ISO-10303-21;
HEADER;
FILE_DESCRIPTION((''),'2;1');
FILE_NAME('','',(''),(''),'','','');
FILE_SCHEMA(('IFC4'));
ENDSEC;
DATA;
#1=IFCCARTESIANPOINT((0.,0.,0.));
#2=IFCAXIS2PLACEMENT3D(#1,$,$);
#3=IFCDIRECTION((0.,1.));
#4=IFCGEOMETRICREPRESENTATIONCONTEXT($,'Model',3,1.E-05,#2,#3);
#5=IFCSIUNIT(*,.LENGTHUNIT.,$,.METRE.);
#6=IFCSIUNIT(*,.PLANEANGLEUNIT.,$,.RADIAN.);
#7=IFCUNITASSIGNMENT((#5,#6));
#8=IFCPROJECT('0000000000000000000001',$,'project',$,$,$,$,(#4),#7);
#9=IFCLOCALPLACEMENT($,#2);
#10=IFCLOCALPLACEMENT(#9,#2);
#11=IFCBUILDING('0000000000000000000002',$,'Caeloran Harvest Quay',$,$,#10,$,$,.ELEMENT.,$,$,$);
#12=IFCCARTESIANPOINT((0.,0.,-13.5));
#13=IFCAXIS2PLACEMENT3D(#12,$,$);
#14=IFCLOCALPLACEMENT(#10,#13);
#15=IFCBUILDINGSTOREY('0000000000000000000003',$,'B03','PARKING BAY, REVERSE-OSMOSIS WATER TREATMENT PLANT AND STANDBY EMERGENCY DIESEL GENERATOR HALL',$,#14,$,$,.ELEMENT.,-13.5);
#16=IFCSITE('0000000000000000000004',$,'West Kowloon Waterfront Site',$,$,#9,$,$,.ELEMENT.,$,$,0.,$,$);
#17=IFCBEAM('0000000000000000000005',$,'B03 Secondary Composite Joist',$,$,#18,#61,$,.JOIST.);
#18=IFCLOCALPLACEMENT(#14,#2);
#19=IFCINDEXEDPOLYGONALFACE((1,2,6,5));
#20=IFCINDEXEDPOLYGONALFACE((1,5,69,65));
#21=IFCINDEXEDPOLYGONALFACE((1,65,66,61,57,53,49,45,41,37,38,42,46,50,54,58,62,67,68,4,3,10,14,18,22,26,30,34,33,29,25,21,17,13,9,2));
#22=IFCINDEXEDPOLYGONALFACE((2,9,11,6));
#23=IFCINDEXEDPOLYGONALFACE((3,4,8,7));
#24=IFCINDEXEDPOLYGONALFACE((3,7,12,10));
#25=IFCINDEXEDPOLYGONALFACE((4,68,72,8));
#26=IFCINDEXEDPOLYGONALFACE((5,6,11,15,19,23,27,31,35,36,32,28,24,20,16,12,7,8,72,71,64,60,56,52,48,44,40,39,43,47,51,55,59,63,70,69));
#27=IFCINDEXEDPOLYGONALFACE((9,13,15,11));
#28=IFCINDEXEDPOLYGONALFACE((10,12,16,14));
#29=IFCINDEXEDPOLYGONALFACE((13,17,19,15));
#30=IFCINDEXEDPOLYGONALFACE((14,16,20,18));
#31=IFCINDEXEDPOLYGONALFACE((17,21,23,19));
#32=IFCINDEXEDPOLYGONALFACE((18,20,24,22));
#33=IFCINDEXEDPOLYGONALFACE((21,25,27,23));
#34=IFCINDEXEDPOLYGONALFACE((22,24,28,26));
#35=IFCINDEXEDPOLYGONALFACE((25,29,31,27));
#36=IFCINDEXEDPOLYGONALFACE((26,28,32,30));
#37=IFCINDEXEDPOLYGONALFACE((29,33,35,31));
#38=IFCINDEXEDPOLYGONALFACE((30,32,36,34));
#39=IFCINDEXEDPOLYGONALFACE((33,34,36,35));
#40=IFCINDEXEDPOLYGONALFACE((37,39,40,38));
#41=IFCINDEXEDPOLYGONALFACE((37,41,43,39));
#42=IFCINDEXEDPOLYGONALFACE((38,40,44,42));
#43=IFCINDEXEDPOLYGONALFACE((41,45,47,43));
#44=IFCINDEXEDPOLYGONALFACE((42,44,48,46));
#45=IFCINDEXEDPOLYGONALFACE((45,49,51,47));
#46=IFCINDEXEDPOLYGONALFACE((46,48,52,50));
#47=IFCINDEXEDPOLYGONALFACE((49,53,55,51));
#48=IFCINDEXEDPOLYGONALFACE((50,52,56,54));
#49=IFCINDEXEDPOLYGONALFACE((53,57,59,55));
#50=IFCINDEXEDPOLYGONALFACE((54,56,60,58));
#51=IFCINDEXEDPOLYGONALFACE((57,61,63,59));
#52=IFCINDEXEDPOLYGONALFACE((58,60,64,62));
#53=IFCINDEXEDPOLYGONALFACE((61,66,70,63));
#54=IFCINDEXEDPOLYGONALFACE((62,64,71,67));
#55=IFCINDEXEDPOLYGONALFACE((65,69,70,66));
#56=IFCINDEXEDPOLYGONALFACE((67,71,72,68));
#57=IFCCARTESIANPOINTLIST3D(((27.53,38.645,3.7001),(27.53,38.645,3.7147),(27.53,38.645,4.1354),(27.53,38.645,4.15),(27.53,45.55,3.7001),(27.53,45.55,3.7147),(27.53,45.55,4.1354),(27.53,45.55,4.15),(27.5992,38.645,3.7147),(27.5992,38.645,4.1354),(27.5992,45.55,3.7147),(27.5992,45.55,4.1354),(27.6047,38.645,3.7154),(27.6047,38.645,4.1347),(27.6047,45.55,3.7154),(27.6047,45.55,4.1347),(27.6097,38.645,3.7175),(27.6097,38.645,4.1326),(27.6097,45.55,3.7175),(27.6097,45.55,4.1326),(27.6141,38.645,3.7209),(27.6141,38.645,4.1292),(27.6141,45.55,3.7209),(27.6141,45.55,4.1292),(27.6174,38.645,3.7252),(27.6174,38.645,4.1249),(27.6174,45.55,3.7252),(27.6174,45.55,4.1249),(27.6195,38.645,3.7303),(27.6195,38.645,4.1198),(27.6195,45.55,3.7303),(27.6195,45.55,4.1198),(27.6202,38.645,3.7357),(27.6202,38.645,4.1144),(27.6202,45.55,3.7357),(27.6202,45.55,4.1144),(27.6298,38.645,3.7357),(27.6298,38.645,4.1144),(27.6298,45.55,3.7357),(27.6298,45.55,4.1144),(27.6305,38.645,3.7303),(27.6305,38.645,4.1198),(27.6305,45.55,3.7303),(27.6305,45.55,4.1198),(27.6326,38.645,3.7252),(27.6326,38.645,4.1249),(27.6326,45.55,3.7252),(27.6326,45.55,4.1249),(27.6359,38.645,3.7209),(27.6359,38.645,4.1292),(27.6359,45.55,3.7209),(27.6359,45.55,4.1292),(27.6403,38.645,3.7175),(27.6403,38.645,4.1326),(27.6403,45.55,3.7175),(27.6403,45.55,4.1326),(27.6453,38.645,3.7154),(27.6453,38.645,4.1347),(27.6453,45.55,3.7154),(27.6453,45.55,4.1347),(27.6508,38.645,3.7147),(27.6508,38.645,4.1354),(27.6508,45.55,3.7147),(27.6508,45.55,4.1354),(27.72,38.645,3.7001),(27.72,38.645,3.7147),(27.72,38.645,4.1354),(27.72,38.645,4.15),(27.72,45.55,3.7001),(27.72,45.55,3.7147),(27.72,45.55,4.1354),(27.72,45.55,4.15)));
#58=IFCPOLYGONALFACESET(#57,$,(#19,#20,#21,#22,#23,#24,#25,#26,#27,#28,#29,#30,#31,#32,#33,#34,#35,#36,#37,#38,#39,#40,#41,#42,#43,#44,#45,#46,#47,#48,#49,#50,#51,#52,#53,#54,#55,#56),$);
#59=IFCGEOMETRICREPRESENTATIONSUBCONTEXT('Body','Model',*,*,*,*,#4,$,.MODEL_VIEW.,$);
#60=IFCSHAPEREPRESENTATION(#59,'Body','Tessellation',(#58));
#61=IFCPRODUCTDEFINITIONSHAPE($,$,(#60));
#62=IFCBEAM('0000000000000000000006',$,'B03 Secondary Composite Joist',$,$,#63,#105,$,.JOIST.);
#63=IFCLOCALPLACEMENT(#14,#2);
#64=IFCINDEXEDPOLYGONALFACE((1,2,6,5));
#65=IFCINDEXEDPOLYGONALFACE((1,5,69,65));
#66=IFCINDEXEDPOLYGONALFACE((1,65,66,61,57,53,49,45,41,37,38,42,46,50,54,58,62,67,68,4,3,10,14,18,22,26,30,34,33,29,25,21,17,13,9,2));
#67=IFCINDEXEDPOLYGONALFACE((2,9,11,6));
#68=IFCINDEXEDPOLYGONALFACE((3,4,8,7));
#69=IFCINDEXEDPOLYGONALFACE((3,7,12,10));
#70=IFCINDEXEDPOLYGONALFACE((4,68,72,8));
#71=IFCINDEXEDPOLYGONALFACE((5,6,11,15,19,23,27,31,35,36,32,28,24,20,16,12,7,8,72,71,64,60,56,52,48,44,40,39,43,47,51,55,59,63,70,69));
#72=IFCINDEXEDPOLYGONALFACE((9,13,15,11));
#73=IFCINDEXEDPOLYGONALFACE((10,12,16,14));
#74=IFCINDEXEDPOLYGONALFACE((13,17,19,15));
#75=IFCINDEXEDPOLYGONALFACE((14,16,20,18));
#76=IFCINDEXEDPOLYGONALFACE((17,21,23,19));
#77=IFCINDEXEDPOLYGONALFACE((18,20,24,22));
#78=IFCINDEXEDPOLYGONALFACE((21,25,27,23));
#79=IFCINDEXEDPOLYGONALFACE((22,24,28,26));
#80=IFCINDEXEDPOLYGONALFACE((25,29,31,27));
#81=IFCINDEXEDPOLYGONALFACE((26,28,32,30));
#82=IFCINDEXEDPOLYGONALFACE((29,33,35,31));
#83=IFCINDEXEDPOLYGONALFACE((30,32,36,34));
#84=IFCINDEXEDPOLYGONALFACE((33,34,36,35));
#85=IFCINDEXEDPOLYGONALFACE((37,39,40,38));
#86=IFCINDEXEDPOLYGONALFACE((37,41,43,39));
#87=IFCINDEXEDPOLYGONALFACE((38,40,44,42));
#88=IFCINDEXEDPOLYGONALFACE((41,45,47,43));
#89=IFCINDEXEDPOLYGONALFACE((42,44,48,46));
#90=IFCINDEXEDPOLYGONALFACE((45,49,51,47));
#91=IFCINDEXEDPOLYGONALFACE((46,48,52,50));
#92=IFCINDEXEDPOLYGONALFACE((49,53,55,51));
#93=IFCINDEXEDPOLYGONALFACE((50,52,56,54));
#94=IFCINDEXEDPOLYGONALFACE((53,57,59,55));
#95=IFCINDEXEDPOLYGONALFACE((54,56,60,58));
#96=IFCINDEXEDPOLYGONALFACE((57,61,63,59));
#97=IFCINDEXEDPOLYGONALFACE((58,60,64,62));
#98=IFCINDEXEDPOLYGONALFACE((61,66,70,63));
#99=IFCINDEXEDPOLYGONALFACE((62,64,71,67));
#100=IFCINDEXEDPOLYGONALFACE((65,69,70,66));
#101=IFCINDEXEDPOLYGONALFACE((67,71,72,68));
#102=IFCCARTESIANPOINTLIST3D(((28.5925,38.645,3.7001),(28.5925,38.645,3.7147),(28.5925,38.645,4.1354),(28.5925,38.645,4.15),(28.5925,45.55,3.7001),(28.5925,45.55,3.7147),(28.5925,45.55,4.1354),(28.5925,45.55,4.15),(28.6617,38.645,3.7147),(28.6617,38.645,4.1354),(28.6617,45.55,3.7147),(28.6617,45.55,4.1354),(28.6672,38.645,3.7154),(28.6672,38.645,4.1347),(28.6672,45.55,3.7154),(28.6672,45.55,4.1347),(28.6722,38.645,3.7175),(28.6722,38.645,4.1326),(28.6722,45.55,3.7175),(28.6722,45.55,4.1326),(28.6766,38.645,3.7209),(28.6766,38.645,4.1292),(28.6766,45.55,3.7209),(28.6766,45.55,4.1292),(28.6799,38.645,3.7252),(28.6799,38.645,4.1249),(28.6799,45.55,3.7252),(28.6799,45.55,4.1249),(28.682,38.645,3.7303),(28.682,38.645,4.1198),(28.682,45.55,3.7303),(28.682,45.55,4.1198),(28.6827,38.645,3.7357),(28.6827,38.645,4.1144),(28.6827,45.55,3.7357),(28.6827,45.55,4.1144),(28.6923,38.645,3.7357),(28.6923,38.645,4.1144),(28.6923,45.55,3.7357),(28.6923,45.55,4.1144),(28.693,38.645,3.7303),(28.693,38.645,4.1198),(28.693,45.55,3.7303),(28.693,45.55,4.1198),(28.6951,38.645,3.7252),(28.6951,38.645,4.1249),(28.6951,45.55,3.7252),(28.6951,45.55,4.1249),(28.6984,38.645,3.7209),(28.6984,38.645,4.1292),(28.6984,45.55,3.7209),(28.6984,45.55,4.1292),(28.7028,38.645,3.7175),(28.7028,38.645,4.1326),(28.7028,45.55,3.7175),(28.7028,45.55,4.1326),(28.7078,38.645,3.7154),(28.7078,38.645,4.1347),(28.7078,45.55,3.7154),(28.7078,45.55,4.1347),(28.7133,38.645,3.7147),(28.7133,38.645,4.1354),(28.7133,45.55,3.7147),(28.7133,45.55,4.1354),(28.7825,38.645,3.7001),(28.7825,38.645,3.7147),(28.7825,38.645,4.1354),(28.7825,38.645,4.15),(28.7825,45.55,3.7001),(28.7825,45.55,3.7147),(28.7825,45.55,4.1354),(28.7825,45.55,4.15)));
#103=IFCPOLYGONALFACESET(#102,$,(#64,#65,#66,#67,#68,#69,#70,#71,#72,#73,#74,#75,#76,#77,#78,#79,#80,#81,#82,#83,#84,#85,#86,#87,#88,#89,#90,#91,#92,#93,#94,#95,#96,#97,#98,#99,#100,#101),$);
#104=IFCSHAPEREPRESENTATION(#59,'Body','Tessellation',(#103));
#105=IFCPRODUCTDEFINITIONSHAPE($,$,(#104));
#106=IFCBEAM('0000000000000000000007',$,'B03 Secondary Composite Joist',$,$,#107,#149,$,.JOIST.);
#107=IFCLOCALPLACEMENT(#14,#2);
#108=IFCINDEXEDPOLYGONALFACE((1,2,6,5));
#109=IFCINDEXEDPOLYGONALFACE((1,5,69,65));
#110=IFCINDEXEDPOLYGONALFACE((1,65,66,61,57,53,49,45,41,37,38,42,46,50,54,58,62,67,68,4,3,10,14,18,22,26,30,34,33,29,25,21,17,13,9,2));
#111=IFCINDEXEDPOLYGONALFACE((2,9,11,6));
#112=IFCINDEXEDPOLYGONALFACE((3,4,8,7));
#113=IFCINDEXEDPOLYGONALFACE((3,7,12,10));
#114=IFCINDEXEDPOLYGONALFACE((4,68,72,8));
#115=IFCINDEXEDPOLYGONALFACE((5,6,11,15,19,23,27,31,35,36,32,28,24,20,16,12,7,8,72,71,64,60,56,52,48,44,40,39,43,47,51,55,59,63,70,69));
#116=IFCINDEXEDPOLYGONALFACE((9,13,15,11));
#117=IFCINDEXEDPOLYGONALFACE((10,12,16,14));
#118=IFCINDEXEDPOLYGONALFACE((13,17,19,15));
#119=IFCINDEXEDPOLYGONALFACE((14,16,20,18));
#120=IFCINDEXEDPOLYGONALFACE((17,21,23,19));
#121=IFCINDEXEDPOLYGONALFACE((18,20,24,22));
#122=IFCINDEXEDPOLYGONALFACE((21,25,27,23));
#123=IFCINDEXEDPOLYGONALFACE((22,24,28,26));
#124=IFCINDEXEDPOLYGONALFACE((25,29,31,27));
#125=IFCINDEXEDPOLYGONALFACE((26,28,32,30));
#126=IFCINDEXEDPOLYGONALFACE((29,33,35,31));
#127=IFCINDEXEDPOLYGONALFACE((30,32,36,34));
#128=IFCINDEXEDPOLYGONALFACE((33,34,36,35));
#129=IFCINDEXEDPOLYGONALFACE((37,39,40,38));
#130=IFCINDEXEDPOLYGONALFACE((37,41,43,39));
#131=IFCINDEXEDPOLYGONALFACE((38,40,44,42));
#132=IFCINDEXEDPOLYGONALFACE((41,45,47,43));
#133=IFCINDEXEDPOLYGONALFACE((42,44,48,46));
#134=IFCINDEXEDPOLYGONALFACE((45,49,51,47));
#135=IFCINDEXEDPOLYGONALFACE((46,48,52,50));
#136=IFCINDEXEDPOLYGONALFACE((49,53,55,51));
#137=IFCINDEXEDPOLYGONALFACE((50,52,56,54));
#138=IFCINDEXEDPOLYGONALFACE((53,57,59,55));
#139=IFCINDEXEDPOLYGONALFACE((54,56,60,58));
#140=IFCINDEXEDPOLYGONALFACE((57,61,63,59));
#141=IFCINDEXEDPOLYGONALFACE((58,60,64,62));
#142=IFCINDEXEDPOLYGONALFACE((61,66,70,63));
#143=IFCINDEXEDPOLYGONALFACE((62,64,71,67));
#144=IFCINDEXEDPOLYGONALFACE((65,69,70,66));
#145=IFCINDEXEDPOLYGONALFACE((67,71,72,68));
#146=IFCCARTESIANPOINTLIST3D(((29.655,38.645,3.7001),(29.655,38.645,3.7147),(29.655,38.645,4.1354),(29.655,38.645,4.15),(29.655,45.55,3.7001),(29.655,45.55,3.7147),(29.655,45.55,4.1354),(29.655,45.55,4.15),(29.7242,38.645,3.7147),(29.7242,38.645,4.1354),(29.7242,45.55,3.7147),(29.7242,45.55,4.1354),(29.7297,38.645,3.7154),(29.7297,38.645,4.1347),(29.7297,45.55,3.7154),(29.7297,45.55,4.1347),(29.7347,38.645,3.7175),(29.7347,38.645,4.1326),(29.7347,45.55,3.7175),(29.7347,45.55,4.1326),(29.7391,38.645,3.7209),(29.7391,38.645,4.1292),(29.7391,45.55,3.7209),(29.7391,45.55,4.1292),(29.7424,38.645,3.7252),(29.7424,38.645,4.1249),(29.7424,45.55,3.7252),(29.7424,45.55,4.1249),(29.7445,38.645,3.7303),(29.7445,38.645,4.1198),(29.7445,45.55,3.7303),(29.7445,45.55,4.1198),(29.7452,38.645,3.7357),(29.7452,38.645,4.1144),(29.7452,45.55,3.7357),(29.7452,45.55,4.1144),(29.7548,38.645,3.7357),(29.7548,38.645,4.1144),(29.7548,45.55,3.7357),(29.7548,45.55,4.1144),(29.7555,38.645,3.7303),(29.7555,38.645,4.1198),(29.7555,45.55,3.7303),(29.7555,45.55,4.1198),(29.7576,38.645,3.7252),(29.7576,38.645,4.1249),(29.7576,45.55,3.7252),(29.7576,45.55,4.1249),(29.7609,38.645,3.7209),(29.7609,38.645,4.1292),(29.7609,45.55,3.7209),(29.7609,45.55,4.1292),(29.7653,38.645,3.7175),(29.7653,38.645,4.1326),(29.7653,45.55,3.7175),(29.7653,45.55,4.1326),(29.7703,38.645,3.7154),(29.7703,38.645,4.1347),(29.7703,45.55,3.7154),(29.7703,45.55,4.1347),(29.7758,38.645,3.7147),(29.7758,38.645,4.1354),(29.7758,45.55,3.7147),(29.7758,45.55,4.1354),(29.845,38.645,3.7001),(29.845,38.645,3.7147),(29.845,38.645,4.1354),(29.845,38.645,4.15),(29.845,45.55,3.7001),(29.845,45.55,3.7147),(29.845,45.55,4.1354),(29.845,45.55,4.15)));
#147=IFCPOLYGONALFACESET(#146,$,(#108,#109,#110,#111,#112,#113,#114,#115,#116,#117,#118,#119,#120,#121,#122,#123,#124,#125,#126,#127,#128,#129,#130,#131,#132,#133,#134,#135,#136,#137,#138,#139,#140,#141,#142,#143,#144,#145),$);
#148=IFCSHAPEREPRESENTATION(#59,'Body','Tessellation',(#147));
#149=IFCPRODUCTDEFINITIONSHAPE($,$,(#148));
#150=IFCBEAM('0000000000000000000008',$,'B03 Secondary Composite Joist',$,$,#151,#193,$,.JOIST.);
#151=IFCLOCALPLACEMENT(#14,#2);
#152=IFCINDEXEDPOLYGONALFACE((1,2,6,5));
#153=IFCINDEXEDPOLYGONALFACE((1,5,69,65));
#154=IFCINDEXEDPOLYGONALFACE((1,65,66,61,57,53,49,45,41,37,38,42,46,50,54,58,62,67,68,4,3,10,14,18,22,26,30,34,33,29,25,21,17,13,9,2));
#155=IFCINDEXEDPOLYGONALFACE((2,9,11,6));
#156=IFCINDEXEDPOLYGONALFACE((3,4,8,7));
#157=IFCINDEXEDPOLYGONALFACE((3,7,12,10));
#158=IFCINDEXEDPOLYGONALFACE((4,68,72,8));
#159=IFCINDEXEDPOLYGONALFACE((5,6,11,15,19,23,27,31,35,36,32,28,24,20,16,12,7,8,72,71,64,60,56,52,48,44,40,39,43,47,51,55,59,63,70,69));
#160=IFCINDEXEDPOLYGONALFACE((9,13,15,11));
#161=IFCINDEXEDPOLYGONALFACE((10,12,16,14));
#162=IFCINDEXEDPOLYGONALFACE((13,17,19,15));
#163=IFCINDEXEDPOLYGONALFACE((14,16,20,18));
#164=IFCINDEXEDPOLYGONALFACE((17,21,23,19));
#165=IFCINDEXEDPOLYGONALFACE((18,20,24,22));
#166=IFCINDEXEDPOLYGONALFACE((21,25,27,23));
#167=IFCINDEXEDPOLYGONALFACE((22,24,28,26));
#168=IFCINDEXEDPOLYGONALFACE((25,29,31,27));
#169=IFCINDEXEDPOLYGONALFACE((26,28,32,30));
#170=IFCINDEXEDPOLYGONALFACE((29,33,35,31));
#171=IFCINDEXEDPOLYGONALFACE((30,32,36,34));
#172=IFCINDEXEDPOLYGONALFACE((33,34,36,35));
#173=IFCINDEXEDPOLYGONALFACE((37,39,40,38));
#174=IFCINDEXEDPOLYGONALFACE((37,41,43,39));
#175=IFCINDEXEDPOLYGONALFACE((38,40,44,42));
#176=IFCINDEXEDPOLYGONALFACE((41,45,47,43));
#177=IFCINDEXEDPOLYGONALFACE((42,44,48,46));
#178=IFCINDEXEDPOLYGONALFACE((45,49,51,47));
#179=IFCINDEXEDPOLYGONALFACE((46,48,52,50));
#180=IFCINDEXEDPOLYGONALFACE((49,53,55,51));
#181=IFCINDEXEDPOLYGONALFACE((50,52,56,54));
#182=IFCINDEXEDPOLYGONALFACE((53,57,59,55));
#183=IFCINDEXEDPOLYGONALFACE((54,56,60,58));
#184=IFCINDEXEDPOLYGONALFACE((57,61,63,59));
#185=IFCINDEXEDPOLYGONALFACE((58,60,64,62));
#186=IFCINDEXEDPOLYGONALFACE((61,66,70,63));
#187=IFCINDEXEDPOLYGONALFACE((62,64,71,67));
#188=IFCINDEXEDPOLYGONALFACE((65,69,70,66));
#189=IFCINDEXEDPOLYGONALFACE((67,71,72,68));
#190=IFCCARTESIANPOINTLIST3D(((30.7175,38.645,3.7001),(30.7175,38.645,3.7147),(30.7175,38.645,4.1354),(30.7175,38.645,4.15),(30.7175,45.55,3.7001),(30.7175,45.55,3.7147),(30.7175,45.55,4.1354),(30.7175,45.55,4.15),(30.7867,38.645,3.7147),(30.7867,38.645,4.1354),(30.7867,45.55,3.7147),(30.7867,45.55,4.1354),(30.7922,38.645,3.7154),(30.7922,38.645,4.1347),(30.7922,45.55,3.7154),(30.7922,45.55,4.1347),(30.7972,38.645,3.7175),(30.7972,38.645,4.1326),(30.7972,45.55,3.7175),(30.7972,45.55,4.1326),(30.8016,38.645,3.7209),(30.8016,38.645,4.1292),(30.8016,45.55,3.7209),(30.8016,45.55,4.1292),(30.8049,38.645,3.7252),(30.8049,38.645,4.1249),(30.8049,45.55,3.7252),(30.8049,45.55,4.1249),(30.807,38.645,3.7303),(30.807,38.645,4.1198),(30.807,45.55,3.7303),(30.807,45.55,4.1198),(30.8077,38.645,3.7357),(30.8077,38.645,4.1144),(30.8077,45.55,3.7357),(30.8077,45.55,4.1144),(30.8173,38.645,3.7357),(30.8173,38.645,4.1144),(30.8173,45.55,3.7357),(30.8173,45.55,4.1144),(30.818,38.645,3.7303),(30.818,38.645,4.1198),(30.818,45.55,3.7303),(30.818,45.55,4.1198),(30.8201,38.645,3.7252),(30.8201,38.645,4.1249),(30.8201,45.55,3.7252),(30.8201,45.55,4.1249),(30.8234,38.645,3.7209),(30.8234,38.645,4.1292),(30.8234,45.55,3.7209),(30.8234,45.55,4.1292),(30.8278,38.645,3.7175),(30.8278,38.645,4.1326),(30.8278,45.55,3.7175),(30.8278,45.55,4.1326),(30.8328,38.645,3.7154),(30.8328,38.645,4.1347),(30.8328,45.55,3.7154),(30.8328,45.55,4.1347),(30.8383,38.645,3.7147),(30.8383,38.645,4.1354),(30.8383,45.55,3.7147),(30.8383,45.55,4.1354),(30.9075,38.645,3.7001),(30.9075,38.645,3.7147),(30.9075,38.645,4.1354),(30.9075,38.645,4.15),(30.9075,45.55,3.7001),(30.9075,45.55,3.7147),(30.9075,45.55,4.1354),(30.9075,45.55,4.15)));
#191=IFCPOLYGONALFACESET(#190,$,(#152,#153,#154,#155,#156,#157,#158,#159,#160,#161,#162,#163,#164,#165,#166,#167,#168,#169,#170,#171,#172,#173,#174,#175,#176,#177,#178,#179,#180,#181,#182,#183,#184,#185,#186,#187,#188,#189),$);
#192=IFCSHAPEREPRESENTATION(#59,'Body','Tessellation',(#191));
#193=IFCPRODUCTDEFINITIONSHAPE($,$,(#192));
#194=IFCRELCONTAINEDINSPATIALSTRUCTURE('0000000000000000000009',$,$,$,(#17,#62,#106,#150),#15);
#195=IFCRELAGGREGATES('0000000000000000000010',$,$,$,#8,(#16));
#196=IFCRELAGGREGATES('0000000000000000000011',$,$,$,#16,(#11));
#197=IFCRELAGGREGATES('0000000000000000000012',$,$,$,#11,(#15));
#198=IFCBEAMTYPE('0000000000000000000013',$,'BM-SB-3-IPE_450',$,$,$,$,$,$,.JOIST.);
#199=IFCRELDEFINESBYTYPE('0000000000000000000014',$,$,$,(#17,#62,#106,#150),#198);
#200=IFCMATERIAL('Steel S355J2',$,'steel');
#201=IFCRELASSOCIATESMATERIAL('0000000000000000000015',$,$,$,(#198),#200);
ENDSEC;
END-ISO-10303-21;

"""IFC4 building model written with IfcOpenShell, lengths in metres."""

from ifc_helpers import new_model, si_unit, direction, frame, origin, origin_2d, place, context, subcontext, project, spatial, i_section, extrude, material, material_profile, profile_set, type_object, element, save


model = new_model("IFC4")

# Units and contexts
model_context = context("Model", 3, precision=1e-05, world=origin(), true_north=direction((0.0, 1.0)))
body_context = subcontext(model_context, "Body", "Model", "MODEL_VIEW")
ifc_project = project(units=[si_unit("LENGTHUNIT", "METRE"), si_unit("PLANEANGLEUNIT", "RADIAN")], contexts=[model_context])

# Site, building, storey
site_placement = place(None, origin())
site = spatial("IfcSite", under=ifc_project, at=site_placement, Name="West Kowloon Waterfront Site", CompositionType="ELEMENT", RefElevation=0.0)
building_placement = place(site_placement, origin())
building = spatial("IfcBuilding", under=site, at=building_placement, Name="Caeloran Harvest Quay", CompositionType="ELEMENT")
storey_placement = place(building_placement, frame((0.0, 0.0, -13.5)))
storey = spatial("IfcBuildingStorey", under=building, at=storey_placement, Name="B03", Description="PARKING BAY, REVERSE-OSMOSIS WATER TREATMENT PLANT AND STANDBY EMERGENCY DIESEL GENERATOR HALL", CompositionType="ELEMENT", Elevation=-13.5)

# Beams
ifc_material_1 = material(Name="Steel S355J2", Category="steel")
ifc_material_profile_1 = material_profile(ifc_material_1, i_section(OverallWidth=0.1899, OverallDepth=0.45, WebThickness=0.0095, FlangeThickness=0.0146, FilletRadius=0.021, at=origin_2d()), Name="IPE 450")
ifc_profile_set_1 = profile_set([ifc_material_profile_1], Name="Steel S355J2")
beam_type_1 = type_object("IfcBeamType", Name="BM-SB-3-IPE_450", PredefinedType="JOIST", material=ifc_profile_set_1)
for number, where, z_axis, x_axis, name in (
    (1, (27.625, 38.645, 3.925), (0.0, 1.0, 0.0), (-1.0, 0.0, 0.0), "B03 Secondary Composite Joist"),
    (2, (28.6875, 38.645, 3.925), (0.0, 1.0, 0.0), (-1.0, 0.0, 0.0), "B03 Secondary Composite Joist"),
    (3, (29.75, 38.645, 3.925), (0.0, 1.0, 0.0), (-1.0, 0.0, 0.0), "B03 Secondary Composite Joist"),
    (4, (30.8125, 38.645, 3.925), (0.0, 1.0, 0.0), (-1.0, 0.0, 0.0), "B03 Secondary Composite Joist"),
):
    element("IfcBeam", number, at=place(storey_placement, frame(where, z_axis=z_axis, x_axis=x_axis)), inside=storey, type_object=beam_type_1, Name=name, PredefinedType="JOIST", context=body_context, shape_type="SweptSolid", body=[
        extrude(i_section(OverallWidth=0.1899, OverallDepth=0.45, WebThickness=0.0095, FlangeThickness=0.0146, FilletRadius=0.021, at=origin_2d()), origin(), (0.0, 0.0, 1.0), 6.905),
    ])

save(model, "model.ifc")
